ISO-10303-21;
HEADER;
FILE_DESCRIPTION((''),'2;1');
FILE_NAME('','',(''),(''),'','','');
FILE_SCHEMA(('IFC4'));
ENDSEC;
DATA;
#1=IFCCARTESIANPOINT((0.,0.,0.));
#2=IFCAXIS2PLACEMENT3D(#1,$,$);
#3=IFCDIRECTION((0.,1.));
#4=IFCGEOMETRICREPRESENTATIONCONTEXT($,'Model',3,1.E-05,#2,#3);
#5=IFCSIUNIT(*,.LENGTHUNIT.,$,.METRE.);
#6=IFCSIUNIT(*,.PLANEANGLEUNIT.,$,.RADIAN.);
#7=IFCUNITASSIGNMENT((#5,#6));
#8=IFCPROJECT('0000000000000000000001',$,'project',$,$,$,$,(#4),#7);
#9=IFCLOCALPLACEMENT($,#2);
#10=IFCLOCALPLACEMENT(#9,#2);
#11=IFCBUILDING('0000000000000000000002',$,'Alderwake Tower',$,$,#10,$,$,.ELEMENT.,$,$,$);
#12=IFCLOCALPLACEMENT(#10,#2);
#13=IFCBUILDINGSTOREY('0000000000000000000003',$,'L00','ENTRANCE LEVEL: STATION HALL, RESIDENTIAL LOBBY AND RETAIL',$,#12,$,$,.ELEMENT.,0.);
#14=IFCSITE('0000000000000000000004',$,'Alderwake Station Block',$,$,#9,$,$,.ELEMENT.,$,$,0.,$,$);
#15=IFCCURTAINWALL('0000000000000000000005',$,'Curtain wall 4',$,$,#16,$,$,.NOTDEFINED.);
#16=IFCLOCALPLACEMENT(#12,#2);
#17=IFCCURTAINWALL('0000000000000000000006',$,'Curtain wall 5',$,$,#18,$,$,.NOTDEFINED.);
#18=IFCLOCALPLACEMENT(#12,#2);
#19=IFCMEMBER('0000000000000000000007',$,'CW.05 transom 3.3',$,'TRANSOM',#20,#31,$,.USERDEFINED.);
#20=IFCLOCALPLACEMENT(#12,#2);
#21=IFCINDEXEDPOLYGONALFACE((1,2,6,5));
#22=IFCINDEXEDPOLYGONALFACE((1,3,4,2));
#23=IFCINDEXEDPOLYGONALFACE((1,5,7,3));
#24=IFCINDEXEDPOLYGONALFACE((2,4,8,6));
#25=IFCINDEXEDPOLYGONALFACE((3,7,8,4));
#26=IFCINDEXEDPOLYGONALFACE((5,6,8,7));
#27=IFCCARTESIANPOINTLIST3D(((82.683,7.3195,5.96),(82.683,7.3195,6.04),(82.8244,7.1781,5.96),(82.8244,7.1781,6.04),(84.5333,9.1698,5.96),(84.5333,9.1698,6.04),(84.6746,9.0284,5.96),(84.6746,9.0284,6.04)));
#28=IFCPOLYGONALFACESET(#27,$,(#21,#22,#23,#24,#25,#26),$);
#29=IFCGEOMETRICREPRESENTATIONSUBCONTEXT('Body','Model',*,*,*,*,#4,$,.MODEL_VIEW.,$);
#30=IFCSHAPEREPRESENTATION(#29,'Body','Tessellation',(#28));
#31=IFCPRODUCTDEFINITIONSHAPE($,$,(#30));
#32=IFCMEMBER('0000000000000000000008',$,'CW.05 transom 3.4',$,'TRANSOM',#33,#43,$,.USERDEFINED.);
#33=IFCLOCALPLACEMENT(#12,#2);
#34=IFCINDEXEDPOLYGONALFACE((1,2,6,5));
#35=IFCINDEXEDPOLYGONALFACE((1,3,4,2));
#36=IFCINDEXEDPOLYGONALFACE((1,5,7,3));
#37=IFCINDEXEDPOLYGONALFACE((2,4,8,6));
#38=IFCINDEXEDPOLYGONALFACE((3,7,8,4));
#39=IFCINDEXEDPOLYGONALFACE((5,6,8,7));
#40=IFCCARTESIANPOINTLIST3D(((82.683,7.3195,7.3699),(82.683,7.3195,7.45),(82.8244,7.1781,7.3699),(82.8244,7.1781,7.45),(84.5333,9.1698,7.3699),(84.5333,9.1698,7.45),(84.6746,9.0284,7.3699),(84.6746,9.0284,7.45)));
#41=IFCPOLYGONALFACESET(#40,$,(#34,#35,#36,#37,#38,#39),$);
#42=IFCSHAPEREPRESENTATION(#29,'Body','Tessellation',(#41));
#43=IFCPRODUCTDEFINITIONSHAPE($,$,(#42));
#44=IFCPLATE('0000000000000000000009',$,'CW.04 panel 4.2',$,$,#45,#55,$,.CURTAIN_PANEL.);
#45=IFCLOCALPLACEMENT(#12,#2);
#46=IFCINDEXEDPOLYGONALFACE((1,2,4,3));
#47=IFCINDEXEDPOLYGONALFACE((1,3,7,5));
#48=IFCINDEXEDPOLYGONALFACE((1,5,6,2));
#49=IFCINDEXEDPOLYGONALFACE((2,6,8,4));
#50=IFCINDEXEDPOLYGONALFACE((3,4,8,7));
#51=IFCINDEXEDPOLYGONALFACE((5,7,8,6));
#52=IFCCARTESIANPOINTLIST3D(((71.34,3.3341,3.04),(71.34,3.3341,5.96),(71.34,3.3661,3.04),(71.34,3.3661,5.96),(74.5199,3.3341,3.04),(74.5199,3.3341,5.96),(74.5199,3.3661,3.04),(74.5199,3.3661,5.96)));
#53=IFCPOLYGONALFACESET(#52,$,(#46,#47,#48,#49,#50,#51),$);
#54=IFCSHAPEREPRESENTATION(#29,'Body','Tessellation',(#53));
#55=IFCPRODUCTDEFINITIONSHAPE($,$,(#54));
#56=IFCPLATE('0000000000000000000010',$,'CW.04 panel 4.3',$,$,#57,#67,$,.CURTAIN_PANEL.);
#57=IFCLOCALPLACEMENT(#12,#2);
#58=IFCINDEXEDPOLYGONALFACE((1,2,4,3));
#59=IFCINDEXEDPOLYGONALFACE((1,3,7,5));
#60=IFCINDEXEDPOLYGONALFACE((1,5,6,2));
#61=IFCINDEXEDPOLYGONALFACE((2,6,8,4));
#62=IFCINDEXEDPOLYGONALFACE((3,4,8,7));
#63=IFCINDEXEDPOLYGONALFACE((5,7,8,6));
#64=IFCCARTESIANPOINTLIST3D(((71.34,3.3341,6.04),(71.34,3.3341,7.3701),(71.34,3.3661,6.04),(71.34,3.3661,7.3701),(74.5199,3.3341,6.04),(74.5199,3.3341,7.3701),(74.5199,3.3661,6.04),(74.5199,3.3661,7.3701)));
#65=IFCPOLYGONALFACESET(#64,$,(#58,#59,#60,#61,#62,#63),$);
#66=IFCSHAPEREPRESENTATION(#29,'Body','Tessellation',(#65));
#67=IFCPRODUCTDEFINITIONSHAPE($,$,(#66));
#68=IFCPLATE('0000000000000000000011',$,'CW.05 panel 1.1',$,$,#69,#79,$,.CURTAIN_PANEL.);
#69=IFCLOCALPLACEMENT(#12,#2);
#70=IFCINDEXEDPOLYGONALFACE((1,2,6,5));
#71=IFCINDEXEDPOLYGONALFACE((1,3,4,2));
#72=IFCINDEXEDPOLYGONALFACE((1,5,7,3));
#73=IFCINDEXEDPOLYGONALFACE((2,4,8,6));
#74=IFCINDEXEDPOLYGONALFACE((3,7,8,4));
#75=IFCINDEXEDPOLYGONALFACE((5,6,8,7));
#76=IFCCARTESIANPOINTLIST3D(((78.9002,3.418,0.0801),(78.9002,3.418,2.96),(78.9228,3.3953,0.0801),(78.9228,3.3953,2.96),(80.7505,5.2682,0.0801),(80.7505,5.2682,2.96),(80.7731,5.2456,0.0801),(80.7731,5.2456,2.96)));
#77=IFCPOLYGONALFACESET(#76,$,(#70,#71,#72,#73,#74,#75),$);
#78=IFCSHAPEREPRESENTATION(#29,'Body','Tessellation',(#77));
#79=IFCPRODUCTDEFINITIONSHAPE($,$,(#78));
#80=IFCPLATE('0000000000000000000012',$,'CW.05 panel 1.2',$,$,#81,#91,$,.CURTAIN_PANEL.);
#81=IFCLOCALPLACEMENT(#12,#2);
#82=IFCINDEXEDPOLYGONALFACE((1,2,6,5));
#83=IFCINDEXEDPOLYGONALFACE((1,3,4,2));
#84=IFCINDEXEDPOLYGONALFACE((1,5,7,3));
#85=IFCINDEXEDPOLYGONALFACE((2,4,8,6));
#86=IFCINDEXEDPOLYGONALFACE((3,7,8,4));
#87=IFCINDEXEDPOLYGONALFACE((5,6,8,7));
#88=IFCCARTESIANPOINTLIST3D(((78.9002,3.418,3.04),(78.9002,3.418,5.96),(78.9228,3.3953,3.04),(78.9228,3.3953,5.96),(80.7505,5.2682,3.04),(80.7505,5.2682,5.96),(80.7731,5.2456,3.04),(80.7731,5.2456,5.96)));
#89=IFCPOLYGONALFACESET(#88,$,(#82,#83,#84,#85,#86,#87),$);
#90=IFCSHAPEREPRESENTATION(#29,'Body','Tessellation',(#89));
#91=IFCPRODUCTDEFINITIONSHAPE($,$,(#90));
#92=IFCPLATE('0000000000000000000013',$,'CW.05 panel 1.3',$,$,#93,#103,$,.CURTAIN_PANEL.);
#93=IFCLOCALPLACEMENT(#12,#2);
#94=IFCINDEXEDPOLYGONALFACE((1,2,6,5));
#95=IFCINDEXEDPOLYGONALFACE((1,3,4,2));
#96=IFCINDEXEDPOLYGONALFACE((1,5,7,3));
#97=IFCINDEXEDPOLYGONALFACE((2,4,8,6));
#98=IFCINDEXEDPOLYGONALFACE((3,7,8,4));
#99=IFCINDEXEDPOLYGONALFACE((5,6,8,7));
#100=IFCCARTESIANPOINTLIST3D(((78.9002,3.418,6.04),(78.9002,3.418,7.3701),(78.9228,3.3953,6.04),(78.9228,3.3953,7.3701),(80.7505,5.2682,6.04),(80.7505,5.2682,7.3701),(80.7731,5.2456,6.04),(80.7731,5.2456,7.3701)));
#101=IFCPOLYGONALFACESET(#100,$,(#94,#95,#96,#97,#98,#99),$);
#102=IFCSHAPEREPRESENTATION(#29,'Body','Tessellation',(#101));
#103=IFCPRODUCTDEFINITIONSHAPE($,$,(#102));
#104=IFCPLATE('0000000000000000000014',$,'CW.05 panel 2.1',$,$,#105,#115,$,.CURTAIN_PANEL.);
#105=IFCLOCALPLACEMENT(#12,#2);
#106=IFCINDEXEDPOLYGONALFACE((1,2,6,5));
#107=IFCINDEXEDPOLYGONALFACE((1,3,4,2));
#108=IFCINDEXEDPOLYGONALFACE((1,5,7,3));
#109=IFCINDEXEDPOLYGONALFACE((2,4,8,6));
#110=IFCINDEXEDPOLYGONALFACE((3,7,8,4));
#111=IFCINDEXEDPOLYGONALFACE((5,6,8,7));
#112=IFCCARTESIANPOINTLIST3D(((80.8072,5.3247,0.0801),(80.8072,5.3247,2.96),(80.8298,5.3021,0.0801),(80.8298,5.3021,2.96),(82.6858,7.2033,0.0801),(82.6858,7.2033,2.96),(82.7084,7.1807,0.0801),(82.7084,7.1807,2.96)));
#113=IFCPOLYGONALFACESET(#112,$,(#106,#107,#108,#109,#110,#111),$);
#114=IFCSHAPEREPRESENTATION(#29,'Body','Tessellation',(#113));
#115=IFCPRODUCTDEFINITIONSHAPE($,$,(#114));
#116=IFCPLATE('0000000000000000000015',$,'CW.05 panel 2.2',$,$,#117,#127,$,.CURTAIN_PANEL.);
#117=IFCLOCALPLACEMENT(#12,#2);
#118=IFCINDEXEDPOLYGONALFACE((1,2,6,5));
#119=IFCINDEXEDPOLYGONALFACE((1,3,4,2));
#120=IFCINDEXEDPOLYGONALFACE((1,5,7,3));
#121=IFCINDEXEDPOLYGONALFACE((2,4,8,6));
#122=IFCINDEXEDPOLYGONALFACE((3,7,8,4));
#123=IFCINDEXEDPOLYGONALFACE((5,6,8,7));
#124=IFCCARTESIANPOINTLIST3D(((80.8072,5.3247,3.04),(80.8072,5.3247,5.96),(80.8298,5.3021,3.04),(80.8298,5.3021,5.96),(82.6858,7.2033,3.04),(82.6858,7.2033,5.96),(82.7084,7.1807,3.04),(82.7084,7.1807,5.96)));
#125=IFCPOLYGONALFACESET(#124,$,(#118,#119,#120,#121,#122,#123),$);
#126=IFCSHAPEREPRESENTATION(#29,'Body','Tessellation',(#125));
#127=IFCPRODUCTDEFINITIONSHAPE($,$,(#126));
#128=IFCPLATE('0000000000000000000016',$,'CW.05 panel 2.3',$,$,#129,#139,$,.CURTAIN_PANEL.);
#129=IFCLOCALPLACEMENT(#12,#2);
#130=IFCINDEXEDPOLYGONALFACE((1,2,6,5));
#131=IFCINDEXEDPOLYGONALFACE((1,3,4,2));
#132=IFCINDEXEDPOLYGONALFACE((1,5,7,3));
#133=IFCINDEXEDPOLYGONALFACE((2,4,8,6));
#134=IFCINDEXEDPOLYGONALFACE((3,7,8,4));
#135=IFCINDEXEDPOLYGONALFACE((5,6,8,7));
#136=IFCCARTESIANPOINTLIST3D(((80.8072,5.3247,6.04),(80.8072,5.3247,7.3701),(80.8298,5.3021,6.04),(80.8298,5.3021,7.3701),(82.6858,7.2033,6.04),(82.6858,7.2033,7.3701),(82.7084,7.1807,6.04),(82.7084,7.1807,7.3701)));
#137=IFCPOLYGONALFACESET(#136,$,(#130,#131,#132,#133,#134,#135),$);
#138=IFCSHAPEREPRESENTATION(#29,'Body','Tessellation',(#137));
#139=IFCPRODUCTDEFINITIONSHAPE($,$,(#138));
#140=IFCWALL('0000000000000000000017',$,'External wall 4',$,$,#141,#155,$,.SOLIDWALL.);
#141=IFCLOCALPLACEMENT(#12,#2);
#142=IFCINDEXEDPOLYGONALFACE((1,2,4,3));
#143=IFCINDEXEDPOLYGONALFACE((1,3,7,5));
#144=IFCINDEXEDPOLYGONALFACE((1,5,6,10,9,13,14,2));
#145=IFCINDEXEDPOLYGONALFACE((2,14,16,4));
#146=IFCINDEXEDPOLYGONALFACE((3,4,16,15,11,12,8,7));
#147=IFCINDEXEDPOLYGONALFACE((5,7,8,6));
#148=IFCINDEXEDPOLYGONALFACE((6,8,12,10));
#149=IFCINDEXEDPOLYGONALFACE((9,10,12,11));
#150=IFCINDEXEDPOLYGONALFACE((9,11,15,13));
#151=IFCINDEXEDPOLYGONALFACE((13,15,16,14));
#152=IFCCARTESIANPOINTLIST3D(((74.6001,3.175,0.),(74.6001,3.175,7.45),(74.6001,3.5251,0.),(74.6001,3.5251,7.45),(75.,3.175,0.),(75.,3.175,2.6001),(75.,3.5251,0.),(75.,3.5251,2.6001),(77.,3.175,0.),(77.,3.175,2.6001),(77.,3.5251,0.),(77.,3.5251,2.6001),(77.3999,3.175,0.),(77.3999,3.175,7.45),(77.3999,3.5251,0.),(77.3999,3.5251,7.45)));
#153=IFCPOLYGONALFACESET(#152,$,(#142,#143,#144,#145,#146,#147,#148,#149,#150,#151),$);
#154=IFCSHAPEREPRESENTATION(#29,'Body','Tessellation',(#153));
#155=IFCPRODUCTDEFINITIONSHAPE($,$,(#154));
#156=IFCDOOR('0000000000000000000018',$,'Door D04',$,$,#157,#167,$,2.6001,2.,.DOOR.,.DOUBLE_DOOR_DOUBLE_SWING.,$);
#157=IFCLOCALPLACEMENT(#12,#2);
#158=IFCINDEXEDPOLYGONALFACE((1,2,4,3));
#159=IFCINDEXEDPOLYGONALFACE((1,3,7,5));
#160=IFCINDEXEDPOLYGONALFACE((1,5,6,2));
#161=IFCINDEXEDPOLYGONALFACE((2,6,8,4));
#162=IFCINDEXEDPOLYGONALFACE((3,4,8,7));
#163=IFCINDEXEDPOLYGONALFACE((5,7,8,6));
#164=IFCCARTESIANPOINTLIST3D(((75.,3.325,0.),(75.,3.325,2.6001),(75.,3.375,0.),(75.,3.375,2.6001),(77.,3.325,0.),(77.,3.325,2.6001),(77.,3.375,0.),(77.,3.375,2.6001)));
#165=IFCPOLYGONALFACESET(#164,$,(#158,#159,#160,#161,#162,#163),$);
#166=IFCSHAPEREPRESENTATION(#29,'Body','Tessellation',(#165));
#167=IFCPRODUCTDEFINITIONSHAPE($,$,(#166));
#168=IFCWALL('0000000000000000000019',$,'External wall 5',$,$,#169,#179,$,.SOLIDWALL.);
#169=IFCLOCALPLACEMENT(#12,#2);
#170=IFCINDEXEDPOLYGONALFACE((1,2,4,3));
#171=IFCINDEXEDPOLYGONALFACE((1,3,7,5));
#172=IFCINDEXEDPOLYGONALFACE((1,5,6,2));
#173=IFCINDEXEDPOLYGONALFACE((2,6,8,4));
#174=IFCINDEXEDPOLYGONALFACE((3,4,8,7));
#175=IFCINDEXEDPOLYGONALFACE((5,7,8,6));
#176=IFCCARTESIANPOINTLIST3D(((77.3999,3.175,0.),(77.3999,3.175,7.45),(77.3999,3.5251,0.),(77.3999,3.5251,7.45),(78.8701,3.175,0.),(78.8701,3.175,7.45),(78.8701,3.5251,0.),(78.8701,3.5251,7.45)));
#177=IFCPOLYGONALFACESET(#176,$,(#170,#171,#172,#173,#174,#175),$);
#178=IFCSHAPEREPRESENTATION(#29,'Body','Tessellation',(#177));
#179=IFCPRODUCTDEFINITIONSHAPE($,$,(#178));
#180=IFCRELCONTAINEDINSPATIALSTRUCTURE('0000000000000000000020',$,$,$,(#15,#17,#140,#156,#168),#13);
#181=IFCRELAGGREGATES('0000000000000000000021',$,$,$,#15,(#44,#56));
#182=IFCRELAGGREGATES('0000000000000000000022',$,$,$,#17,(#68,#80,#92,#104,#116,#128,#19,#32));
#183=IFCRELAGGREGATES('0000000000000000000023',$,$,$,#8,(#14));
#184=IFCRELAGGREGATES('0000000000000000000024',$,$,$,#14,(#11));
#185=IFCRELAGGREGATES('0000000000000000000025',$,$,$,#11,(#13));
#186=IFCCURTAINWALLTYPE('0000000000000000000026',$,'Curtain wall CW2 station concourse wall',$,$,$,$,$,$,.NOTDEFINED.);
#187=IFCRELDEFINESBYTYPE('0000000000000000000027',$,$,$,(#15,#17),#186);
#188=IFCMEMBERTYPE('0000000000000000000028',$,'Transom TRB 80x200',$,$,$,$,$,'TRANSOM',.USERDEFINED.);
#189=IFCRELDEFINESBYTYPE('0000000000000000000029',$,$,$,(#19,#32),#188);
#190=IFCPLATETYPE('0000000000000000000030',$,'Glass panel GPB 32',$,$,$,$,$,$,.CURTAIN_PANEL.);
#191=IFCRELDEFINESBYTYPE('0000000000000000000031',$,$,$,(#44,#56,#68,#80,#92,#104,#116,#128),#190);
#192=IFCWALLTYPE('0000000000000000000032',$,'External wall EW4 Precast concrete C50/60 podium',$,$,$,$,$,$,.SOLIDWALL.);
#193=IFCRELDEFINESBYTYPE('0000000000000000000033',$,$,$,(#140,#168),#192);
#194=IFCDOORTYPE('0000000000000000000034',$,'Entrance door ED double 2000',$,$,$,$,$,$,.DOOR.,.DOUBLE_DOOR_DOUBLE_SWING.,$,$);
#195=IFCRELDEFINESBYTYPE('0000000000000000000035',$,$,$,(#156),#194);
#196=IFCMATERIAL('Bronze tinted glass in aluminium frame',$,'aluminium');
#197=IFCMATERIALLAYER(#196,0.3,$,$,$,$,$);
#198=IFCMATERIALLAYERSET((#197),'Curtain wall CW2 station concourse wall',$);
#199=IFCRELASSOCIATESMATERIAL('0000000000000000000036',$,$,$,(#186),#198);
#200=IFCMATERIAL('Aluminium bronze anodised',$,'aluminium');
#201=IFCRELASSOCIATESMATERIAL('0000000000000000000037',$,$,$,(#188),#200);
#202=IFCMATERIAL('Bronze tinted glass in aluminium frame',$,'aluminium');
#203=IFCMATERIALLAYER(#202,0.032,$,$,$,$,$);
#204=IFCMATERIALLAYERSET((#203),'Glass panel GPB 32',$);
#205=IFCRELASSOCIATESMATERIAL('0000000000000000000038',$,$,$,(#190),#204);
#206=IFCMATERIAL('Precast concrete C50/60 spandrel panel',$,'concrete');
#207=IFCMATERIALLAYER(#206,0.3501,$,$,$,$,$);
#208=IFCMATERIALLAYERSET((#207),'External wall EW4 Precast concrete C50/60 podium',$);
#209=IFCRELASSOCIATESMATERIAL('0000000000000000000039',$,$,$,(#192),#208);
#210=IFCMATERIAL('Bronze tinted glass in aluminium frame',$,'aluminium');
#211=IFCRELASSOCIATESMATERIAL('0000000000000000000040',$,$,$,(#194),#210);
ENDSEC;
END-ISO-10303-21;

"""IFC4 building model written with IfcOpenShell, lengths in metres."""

from ifc_helpers import new_model, si_unit, direction, frame, frame_2d, origin, origin_2d, place, context, subcontext, project, spatial, rectangle, extrude, material, layer, layer_set, material_profile, profile_set, type_object, element, fill, aggregate, save


model = new_model("IFC4")

# Units and contexts
model_context = context("Model", 3, precision=1e-05, world=origin(), true_north=direction((0.0, 1.0)))
body_context = subcontext(model_context, "Body", "Model", "MODEL_VIEW")
ifc_project = project(units=[si_unit("LENGTHUNIT", "METRE"), si_unit("PLANEANGLEUNIT", "RADIAN")], contexts=[model_context])

# Site, building, storey
site_placement = place(None, origin())
site = spatial("IfcSite", under=ifc_project, at=site_placement, Name="Alderwake Station Block", CompositionType="ELEMENT", RefElevation=0.0)
building_placement = place(site_placement, origin())
building = spatial("IfcBuilding", under=site, at=building_placement, Name="Alderwake Tower", CompositionType="ELEMENT")
storey_placement = place(building_placement, origin())
storey = spatial("IfcBuildingStorey", under=building, at=storey_placement, Name="L00", Description="ENTRANCE LEVEL: STATION HALL, RESIDENTIAL LOBBY AND RETAIL", CompositionType="ELEMENT", Elevation=0.0)

# Curtain wall
ifc_material_1 = material(Name="Bronze tinted glass in aluminium frame", Category="aluminium")
ifc_layer_1 = layer(ifc_material_1, 0.3)
ifc_layer_set_1 = layer_set([ifc_layer_1], Name="Curtain wall CW2 station concourse wall")
curtain_wall_type = type_object("IfcCurtainWallType", Name="Curtain wall CW2 station concourse wall", PredefinedType="NOTDEFINED", material=ifc_layer_set_1)
curtain_wall_1_placement = place(storey_placement, origin())
curtain_wall_1 = element("IfcCurtainWall", 1, at=curtain_wall_1_placement, inside=storey, type_object=curtain_wall_type, Name="Curtain wall 4", PredefinedType="NOTDEFINED")

# Curtain wall, members
curtain_wall_2_placement = place(storey_placement, origin())
curtain_wall_2 = element("IfcCurtainWall", 2, at=curtain_wall_2_placement, inside=storey, type_object=curtain_wall_type, Name="Curtain wall 5", PredefinedType="NOTDEFINED")
ifc_material_2 = material(Name="Aluminium bronze anodised", Category="aluminium")
ifc_material_profile_1 = material_profile(ifc_material_2, rectangle(XDim=0.2, YDim=0.0801, at=origin_2d()), Name="Transom TRB 80x200")
ifc_profile_set_1 = profile_set([ifc_material_profile_1], Name="Aluminium bronze anodised")
member_type_1 = type_object("IfcMemberType", Name="Transom TRB 80x200", ElementType="TRANSOM", PredefinedType="USERDEFINED", material=ifc_profile_set_1)
member_1_placement = place(storey_placement, frame((82.7537, 7.2488, 6.0), z_axis=(0.707107, 0.707107, 0.0), x_axis=(-0.707107, 0.707107, 0.0)))
member_1 = element("IfcMember", 3, at=member_1_placement, type_object=member_type_1, Name="CW.05 transom 3.3", ObjectType="TRANSOM", PredefinedType="USERDEFINED", context=body_context, shape_type="SweptSolid", body=[
    extrude(rectangle(XDim=0.2, YDim=0.0801, at=origin_2d()), origin(), (0.0, 0.0, 1.0), 2.6167),
])
member_2_placement = place(storey_placement, frame((82.7537, 7.2488, 7.4099), z_axis=(0.707107, 0.707107, 0.0), x_axis=(-0.707107, 0.707107, 0.0)))
member_2 = element("IfcMember", 4, at=member_2_placement, type_object=member_type_1, Name="CW.05 transom 3.4", ObjectType="TRANSOM", PredefinedType="USERDEFINED", context=body_context, shape_type="SweptSolid", body=[
    extrude(rectangle(XDim=0.2, YDim=0.0801, at=origin_2d()), origin(), (0.0, 0.0, 1.0), 2.6167),
])

# Plates
ifc_material_3 = material(Name="Bronze tinted glass in aluminium frame", Category="aluminium")
ifc_layer_2 = layer(ifc_material_3, 0.032)
ifc_layer_set_2 = layer_set([ifc_layer_2], Name="Glass panel GPB 32")
plate_type = type_object("IfcPlateType", Name="Glass panel GPB 32", PredefinedType="CURTAIN_PANEL", material=ifc_layer_set_2)
plate_1_placement = place(storey_placement, frame((72.9299, 3.3501, 3.04), z_axis=(0.0, 0.0, 1.0), x_axis=(1.0, 0.0, 0.0)))
plate_1 = element("IfcPlate", 5, at=plate_1_placement, type_object=plate_type, Name="CW.04 panel 4.2", PredefinedType="CURTAIN_PANEL", context=body_context, shape_type="SweptSolid", body=[
    extrude(rectangle(XDim=3.1799, YDim=0.032, at=origin_2d()), origin(), (0.0, 0.0, 1.0), 2.9199),
])
plate_2_placement = place(storey_placement, frame((72.9299, 3.3501, 6.04), z_axis=(0.0, 0.0, 1.0), x_axis=(1.0, 0.0, 0.0)))
plate_2 = element("IfcPlate", 6, at=plate_2_placement, type_object=plate_type, Name="CW.04 panel 4.3", PredefinedType="CURTAIN_PANEL", context=body_context, shape_type="SweptSolid", body=[
    extrude(rectangle(XDim=3.1799, YDim=0.032, at=origin_2d()), origin(), (0.0, 0.0, 1.0), 1.3301),
])
aggregate(curtain_wall_1, [plate_1, plate_2])
plate_3_placement = place(storey_placement, frame((79.8367, 4.3318, 0.0801), z_axis=(0.0, 0.0, 1.0), x_axis=(0.707107, 0.707107, 0.0)))
plate_3 = element("IfcPlate", 7, at=plate_3_placement, type_object=plate_type, Name="CW.05 panel 1.1", PredefinedType="CURTAIN_PANEL", context=body_context, shape_type="SweptSolid", body=[
    extrude(rectangle(XDim=2.6167, YDim=0.032, at=origin_2d()), origin(), (0.0, 0.0, 1.0), 2.8799),
])
plate_4_placement = place(storey_placement, frame((79.8367, 4.3318, 3.04), z_axis=(0.0, 0.0, 1.0), x_axis=(0.707107, 0.707107, 0.0)))
plate_4 = element("IfcPlate", 8, at=plate_4_placement, type_object=plate_type, Name="CW.05 panel 1.2", PredefinedType="CURTAIN_PANEL", context=body_context, shape_type="SweptSolid", body=[
    extrude(rectangle(XDim=2.6167, YDim=0.032, at=origin_2d()), origin(), (0.0, 0.0, 1.0), 2.9199),
])
plate_5_placement = place(storey_placement, frame((79.8367, 4.3318, 6.04), z_axis=(0.0, 0.0, 1.0), x_axis=(0.707107, 0.707107, 0.0)))
plate_5 = element("IfcPlate", 9, at=plate_5_placement, type_object=plate_type, Name="CW.05 panel 1.3", PredefinedType="CURTAIN_PANEL", context=body_context, shape_type="SweptSolid", body=[
    extrude(rectangle(XDim=2.6167, YDim=0.032, at=origin_2d()), origin(), (0.0, 0.0, 1.0), 1.3301),
])
plate_6_placement = place(storey_placement, frame((81.7578, 6.2527, 0.0801), z_axis=(0.0, 0.0, 1.0), x_axis=(0.707107, 0.707107, 0.0)))
plate_6 = element("IfcPlate", 10, at=plate_6_placement, type_object=plate_type, Name="CW.05 panel 2.1", PredefinedType="CURTAIN_PANEL", context=body_context, shape_type="SweptSolid", body=[
    extrude(rectangle(XDim=2.6567, YDim=0.032, at=origin_2d()), origin(), (0.0, 0.0, 1.0), 2.8799),
])
plate_7_placement = place(storey_placement, frame((81.7578, 6.2527, 3.04), z_axis=(0.0, 0.0, 1.0), x_axis=(0.707107, 0.707107, 0.0)))
plate_7 = element("IfcPlate", 11, at=plate_7_placement, type_object=plate_type, Name="CW.05 panel 2.2", PredefinedType="CURTAIN_PANEL", context=body_context, shape_type="SweptSolid", body=[
    extrude(rectangle(XDim=2.6567, YDim=0.032, at=origin_2d()), origin(), (0.0, 0.0, 1.0), 2.9199),
])
plate_8_placement = place(storey_placement, frame((81.7578, 6.2527, 6.04), z_axis=(0.0, 0.0, 1.0), x_axis=(0.707107, 0.707107, 0.0)))
plate_8 = element("IfcPlate", 12, at=plate_8_placement, type_object=plate_type, Name="CW.05 panel 2.3", PredefinedType="CURTAIN_PANEL", context=body_context, shape_type="SweptSolid", body=[
    extrude(rectangle(XDim=2.6567, YDim=0.032, at=origin_2d()), origin(), (0.0, 0.0, 1.0), 1.3301),
])
aggregate(curtain_wall_2, [plate_3, plate_4, plate_5, plate_6, plate_7, plate_8, member_1, member_2])

# Wall, opening, door
ifc_material_4 = material(Name="Precast concrete C50/60 spandrel panel", Category="concrete")
ifc_layer_3 = layer(ifc_material_4, 0.3501)
ifc_layer_set_3 = layer_set([ifc_layer_3], Name="External wall EW4 Precast concrete C50/60 podium")
wall_type = type_object("IfcWallType", Name="External wall EW4 Precast concrete C50/60 podium", PredefinedType="SOLIDWALL", material=ifc_layer_set_3)
wall_1_placement = place(storey_placement, frame((74.6001, 3.3501, 0.0), z_axis=(0.0, 0.0, 1.0), x_axis=(1.0, 0.0, 0.0)))
wall_1 = element("IfcWall", 13, at=wall_1_placement, inside=storey, type_object=wall_type, Name="External wall 4", PredefinedType="SOLIDWALL", context=body_context, shape_type="SweptSolid", body=[
    extrude(rectangle(XDim=2.7998, YDim=0.3501, at=frame_2d((1.3999, 0.0))), origin(), (0.0, 0.0, 1.0), 7.45),
])
opening_placement = place(wall_1_placement, frame((0.3999, 0.0, 0.0)))
opening = element("IfcOpeningElement", 14, at=opening_placement, cuts=wall_1, PredefinedType="OPENING", context=body_context, shape_type="SweptSolid", body=[
    extrude(rectangle(XDim=2.0, YDim=2.6001, at=frame_2d((1.0, 1.3))), frame((0.0, 0.1851, 0.0), z_axis=(0.0, -1.0, 0.0), x_axis=(1.0, 0.0, 0.0)), (0.0, 0.0, 1.0), 0.3701),
])
ifc_material_5 = material(Name="Bronze tinted glass in aluminium frame", Category="aluminium")
door_type = type_object("IfcDoorType", Name="Entrance door ED double 2000", OperationType="DOUBLE_DOOR_DOUBLE_SWING", PredefinedType="DOOR", material=ifc_material_5)
door_placement = place(opening_placement, origin())
door = element("IfcDoor", 15, at=door_placement, inside=storey, type_object=door_type, Name="Door D04", OperationType="DOUBLE_DOOR_DOUBLE_SWING", OverallHeight=2.6001, OverallWidth=2.0, PredefinedType="DOOR", context=body_context, shape_type="SweptSolid", body=[
    extrude(rectangle(XDim=2.0, YDim=2.6001, at=frame_2d((1.0, 1.3))), frame((0.0, 0.0249, 0.0), z_axis=(0.0, -1.0, 0.0), x_axis=(1.0, 0.0, 0.0)), (0.0, 0.0, 1.0), 0.05),
])
fill(opening, door)

# Wall
wall_2_placement = place(storey_placement, frame((77.3999, 3.3501, 0.0), z_axis=(0.0, 0.0, 1.0), x_axis=(1.0, 0.0, 0.0)))
element("IfcWall", 16, at=wall_2_placement, inside=storey, type_object=wall_type, Name="External wall 5", PredefinedType="SOLIDWALL", context=body_context, shape_type="SweptSolid", body=[
    extrude(rectangle(XDim=1.4702, YDim=0.3501, at=frame_2d((0.7351, 0.0))), origin(), (0.0, 0.0, 1.0), 7.45),
])

save(model, "model.ifc")
